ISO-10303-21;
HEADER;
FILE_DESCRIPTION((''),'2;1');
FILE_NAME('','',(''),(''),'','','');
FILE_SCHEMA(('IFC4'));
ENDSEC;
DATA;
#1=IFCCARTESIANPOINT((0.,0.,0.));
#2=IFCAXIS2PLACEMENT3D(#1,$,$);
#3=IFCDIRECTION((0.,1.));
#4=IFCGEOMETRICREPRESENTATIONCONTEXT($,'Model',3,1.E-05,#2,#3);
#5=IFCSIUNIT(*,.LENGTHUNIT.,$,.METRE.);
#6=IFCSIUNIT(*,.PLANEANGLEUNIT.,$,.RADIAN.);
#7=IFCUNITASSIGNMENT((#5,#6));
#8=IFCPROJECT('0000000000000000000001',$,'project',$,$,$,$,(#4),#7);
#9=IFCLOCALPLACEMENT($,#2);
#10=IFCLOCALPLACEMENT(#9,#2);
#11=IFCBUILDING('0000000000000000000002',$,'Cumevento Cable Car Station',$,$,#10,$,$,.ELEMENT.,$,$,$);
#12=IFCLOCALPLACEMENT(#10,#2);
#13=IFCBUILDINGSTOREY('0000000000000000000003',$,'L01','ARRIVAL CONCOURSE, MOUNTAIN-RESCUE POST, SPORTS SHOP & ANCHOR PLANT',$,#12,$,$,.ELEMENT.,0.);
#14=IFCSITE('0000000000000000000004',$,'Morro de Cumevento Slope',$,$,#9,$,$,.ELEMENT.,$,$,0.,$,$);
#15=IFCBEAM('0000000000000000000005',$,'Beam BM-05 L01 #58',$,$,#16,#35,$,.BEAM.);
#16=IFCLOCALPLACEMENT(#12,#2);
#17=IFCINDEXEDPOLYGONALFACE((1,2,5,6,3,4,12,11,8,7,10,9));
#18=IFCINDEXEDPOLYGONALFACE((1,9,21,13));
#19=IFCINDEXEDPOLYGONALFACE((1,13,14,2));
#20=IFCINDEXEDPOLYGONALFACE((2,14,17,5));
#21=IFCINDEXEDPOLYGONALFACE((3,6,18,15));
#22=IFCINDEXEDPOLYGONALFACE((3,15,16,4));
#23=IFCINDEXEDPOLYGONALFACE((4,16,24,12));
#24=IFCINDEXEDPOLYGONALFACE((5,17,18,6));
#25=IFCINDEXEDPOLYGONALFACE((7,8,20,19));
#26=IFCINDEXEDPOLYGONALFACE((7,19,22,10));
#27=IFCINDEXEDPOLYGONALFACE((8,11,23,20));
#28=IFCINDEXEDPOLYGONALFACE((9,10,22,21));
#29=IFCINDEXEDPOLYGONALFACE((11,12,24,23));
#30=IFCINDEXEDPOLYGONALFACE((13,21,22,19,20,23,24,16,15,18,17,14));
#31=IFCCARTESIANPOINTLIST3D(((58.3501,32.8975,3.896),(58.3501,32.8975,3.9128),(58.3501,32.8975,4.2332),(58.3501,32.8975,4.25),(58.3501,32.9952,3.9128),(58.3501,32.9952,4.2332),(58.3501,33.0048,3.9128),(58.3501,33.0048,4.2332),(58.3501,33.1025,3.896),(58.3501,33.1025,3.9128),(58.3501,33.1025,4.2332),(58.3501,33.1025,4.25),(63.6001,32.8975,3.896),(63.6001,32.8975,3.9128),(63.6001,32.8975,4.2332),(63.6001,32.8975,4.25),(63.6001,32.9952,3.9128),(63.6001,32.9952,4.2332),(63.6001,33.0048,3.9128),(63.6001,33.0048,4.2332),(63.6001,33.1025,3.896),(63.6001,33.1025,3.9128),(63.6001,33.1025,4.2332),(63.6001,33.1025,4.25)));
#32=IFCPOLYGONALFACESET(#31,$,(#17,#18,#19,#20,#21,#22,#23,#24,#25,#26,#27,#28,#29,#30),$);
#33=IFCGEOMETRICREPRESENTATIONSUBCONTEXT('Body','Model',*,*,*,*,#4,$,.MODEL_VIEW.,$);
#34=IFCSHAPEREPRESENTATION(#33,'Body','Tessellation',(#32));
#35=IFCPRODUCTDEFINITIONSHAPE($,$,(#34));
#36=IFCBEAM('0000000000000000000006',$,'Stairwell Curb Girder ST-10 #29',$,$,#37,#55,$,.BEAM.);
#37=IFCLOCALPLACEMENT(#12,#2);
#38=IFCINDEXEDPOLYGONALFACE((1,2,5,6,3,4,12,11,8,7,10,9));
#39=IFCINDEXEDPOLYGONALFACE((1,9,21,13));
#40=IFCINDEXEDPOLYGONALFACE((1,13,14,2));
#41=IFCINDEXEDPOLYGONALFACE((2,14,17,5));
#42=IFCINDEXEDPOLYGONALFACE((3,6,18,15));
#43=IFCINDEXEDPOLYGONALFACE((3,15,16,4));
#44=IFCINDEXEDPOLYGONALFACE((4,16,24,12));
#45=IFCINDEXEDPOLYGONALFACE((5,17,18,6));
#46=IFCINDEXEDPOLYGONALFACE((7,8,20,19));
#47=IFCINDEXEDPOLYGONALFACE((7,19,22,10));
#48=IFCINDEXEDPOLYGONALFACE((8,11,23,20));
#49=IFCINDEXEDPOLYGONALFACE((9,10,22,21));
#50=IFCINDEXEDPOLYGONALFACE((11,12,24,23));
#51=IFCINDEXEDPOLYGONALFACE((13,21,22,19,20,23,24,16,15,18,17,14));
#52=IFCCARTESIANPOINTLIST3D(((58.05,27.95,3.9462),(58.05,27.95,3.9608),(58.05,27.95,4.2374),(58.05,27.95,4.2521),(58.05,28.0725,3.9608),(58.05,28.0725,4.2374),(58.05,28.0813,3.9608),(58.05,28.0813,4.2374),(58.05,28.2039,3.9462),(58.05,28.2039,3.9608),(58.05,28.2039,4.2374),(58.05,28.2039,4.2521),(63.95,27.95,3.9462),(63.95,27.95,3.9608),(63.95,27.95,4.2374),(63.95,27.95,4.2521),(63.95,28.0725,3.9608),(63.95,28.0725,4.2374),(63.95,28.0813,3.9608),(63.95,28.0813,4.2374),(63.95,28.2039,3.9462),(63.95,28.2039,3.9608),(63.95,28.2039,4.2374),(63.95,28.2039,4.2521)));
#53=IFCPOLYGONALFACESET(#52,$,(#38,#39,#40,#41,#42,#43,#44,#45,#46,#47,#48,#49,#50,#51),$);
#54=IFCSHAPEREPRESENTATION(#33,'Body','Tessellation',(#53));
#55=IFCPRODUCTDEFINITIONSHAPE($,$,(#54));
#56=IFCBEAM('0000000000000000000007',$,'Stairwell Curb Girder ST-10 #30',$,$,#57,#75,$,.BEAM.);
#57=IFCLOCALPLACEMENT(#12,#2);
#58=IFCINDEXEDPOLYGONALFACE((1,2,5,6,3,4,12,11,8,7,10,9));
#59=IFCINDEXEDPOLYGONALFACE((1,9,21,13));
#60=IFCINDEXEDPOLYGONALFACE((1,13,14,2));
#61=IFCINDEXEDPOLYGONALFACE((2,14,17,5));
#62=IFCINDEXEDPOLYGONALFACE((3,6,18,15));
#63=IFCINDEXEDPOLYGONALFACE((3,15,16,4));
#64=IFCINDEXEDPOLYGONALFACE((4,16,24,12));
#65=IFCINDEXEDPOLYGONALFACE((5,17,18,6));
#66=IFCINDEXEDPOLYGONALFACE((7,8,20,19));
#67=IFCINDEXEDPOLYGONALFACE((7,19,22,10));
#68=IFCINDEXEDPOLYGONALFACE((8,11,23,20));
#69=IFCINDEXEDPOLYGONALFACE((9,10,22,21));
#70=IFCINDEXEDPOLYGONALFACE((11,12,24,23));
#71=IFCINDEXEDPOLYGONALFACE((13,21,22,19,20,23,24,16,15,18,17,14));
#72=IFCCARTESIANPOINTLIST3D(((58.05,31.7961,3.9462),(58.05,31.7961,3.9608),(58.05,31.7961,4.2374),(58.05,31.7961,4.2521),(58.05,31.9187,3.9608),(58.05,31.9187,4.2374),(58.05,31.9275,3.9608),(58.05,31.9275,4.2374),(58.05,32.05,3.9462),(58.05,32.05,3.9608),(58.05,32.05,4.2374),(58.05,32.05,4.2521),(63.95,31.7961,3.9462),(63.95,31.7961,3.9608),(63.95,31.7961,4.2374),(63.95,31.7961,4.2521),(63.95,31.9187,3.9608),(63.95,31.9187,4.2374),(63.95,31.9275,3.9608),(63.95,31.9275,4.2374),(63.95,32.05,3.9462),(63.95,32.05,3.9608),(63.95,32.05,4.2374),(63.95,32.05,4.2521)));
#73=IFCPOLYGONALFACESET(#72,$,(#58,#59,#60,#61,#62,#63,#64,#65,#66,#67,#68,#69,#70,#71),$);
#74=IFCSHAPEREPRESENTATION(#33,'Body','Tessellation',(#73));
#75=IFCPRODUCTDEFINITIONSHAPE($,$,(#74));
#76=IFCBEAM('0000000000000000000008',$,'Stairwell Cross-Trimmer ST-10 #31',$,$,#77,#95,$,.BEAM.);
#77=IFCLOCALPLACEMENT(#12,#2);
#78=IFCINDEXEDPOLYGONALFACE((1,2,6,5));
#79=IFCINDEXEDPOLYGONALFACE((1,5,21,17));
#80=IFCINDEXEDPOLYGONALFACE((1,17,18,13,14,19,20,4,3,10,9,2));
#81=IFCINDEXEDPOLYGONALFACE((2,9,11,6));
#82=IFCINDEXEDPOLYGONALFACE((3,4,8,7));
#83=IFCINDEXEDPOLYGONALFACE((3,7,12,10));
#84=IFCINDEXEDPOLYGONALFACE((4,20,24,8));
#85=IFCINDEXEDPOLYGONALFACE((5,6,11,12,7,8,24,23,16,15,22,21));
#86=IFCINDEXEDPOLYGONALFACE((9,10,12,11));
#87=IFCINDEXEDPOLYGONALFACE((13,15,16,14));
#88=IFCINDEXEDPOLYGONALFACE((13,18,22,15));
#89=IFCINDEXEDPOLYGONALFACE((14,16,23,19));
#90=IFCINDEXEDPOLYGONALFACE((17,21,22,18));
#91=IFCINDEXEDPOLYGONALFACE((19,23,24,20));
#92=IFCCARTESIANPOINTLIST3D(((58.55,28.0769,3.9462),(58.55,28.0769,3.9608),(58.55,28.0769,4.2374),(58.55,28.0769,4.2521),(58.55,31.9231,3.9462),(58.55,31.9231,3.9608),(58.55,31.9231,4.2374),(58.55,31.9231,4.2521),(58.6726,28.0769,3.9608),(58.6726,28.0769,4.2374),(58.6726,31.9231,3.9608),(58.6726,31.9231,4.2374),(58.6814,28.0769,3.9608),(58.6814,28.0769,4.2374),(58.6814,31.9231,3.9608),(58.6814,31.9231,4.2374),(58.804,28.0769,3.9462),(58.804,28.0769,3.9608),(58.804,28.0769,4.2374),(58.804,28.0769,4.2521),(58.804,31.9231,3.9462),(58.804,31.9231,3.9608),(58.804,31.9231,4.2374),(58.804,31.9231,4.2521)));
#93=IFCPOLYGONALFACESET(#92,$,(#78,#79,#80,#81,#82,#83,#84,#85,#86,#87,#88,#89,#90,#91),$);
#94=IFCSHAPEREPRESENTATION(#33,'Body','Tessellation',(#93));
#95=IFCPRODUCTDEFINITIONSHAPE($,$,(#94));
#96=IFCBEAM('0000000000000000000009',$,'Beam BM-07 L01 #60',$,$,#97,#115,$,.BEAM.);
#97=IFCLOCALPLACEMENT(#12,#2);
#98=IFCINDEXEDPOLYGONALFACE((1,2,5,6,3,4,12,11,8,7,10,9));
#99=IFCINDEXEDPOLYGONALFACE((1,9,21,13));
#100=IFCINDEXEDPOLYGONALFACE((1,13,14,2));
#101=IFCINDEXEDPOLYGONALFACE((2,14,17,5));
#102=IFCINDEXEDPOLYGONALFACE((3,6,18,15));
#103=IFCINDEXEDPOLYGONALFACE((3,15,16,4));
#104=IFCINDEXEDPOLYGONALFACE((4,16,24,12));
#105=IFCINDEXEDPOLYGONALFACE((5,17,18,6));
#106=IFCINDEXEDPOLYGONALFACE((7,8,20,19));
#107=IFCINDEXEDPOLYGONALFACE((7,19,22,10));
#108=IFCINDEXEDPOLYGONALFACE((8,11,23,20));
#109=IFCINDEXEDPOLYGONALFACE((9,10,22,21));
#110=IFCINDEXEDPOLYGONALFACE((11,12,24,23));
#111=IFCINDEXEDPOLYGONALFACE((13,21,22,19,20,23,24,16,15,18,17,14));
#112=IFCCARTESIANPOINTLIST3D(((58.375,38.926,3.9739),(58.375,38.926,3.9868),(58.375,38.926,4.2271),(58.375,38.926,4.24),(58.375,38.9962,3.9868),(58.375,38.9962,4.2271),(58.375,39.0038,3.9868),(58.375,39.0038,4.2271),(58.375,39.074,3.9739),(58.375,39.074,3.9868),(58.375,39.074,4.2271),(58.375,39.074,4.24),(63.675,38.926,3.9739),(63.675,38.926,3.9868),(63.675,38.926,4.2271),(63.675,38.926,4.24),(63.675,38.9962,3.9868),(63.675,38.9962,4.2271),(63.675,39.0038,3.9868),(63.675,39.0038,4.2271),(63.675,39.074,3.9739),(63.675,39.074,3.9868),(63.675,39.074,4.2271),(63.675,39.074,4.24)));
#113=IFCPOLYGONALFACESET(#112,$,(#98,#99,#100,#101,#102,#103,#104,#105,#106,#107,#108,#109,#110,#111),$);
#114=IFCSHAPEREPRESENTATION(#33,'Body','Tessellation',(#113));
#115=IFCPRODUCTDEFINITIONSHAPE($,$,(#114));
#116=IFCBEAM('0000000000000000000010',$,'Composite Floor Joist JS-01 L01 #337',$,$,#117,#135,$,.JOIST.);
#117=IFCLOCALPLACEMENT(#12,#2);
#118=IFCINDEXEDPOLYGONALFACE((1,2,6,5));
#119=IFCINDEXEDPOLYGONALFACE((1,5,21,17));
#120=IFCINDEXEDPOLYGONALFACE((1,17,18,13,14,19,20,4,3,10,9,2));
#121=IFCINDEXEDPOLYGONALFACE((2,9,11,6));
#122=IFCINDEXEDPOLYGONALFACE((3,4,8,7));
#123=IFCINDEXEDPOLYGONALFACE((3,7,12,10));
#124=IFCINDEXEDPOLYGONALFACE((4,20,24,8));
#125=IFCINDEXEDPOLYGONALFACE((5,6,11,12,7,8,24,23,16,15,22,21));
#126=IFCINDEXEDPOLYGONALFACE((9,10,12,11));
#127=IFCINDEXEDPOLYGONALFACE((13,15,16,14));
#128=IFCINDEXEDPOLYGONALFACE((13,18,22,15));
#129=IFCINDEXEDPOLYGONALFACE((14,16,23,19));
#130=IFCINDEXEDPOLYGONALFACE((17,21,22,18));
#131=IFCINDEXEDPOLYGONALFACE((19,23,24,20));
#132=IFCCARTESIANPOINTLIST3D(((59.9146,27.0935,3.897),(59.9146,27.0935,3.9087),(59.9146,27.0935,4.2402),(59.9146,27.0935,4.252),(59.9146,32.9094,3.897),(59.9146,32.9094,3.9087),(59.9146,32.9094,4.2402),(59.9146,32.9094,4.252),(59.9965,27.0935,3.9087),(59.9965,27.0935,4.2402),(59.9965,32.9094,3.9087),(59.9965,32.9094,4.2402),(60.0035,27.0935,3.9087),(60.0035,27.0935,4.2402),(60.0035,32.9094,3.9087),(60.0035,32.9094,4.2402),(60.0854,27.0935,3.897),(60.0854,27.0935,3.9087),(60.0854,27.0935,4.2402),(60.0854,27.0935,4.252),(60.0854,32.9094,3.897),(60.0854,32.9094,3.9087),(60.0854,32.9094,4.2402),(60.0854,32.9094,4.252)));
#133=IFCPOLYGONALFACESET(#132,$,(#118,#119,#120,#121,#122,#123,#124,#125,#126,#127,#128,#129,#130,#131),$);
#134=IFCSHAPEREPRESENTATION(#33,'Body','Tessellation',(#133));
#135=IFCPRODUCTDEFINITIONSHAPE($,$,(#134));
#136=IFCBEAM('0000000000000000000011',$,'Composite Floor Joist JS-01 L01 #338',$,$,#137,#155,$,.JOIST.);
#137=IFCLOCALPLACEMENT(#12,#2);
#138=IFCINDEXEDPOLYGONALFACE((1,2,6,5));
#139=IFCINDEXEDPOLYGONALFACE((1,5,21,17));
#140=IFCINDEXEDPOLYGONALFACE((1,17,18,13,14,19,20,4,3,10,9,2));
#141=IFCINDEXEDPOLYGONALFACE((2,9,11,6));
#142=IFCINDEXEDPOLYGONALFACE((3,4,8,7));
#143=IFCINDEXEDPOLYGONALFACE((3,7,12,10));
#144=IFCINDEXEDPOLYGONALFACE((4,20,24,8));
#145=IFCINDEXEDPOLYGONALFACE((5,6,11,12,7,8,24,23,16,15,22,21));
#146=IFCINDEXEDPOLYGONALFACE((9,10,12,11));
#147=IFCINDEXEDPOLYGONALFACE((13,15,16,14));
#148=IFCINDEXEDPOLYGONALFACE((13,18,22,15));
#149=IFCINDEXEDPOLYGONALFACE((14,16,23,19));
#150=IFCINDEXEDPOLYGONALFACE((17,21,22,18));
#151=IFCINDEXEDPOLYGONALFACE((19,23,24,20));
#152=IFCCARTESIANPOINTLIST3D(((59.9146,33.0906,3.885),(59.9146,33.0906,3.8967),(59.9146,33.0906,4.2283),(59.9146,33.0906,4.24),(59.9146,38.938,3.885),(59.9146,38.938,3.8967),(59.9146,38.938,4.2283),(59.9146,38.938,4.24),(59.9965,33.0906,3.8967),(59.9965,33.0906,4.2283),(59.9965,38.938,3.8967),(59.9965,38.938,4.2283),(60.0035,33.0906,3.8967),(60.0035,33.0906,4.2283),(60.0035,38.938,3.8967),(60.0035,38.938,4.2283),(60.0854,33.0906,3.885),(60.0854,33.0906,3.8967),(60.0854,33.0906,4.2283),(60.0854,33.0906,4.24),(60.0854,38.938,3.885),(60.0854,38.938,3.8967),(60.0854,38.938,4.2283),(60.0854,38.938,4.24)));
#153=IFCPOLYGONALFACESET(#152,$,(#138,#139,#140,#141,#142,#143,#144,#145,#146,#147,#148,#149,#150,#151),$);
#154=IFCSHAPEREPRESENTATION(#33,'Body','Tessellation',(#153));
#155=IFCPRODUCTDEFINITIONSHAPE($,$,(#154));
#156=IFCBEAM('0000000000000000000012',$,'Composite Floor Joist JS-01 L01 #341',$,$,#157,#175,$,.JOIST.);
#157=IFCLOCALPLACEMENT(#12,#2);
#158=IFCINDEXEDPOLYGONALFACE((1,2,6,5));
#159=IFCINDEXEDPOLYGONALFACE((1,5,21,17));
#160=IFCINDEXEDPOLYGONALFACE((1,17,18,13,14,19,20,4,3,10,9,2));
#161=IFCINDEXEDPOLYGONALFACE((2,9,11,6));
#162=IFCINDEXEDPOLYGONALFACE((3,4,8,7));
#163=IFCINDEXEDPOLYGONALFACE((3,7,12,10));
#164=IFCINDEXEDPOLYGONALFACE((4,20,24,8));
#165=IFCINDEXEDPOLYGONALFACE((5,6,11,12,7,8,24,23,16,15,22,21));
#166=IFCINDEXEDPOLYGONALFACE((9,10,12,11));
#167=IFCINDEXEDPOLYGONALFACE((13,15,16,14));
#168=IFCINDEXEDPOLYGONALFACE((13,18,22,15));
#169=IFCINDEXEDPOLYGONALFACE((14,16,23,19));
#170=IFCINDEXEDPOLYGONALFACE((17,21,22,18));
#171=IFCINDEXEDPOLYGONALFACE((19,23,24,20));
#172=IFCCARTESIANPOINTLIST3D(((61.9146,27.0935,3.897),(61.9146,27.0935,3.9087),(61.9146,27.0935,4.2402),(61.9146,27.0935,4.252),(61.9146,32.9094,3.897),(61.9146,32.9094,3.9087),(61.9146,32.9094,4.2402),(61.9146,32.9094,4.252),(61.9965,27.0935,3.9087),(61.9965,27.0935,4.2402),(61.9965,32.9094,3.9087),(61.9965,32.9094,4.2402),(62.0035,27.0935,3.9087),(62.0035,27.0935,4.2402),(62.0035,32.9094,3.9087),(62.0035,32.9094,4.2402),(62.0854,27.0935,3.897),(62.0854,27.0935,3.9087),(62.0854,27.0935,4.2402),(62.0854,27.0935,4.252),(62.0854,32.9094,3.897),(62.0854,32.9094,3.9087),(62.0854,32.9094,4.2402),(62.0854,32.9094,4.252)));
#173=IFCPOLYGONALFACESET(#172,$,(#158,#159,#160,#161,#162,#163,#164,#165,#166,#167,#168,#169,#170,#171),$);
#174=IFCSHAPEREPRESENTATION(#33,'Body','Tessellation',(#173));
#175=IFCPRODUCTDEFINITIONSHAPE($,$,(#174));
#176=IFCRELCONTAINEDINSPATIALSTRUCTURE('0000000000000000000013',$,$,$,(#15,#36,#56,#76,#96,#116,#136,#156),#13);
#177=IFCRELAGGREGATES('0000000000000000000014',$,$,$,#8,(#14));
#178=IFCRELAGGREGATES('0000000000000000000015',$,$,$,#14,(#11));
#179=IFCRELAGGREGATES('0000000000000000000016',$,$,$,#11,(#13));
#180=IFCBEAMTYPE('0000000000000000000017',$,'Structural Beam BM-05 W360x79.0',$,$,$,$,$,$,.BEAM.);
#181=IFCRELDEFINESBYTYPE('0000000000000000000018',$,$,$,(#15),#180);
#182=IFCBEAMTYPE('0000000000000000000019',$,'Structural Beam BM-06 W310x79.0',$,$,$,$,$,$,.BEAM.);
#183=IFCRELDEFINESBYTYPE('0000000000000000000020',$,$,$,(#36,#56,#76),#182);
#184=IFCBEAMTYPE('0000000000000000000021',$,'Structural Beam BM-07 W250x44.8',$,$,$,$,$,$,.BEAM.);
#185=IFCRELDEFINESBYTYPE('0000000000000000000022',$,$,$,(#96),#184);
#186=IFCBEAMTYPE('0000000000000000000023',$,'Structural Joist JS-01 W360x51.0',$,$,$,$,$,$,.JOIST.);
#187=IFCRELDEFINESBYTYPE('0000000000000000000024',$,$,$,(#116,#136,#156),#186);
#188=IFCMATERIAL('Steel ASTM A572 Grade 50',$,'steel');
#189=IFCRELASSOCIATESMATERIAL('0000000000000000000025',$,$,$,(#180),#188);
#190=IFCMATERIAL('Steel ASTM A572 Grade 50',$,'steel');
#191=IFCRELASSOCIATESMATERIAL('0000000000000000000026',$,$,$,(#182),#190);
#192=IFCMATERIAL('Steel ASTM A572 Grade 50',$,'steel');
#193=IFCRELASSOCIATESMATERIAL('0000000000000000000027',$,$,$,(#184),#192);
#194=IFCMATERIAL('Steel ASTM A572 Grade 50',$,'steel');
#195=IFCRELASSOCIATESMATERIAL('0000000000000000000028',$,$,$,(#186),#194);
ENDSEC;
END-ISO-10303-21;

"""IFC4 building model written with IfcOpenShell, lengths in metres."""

from ifc_helpers import new_model, si_unit, direction, frame, origin, origin_2d, place, context, subcontext, project, spatial, i_section, extrude, material, material_profile, profile_set, type_object, element, save


model = new_model("IFC4")

# Units and contexts
model_context = context("Model", 3, precision=1e-05, world=origin(), true_north=direction((0.0, 1.0)))
body_context = subcontext(model_context, "Body", "Model", "MODEL_VIEW")
ifc_project = project(units=[si_unit("LENGTHUNIT", "METRE"), si_unit("PLANEANGLEUNIT", "RADIAN")], contexts=[model_context])

# Site, building, storey
site_placement = place(None, origin())
site = spatial("IfcSite", under=ifc_project, at=site_placement, Name="Morro de Cumevento Slope", CompositionType="ELEMENT", RefElevation=0.0)
building_placement = place(site_placement, origin())
building = spatial("IfcBuilding", under=site, at=building_placement, Name="Cumevento Cable Car Station", CompositionType="ELEMENT")
storey_placement = place(building_placement, origin())
storey = spatial("IfcBuildingStorey", under=building, at=storey_placement, Name="L01", Description="ARRIVAL CONCOURSE, MOUNTAIN-RESCUE POST, SPORTS SHOP & ANCHOR PLANT", CompositionType="ELEMENT", Elevation=0.0)

# Beams
ifc_material_1 = material(Name="Steel ASTM A572 Grade 50", Category="steel")
ifc_material_profile_1 = material_profile(ifc_material_1, i_section(OverallWidth=0.2051, OverallDepth=0.354, WebThickness=0.0095, FlangeThickness=0.0168, at=origin_2d()), Name="W360x79.0")
ifc_profile_set_1 = profile_set([ifc_material_profile_1], Name="Steel ASTM A572 Grade 50")
beam_type_1 = type_object("IfcBeamType", Name="Structural Beam BM-05 W360x79.0", PredefinedType="BEAM", material=ifc_profile_set_1)
beam_1_placement = place(storey_placement, frame((58.3501, 33.0, 4.073), z_axis=(1.0, 0.0, 0.0), x_axis=(0.0, 1.0, 0.0)))
element("IfcBeam", 1, at=beam_1_placement, inside=storey, type_object=beam_type_1, Name="Beam BM-05 L01 #58", PredefinedType="BEAM", context=body_context, shape_type="SweptSolid", body=[
    extrude(i_section(OverallWidth=0.2051, OverallDepth=0.354, WebThickness=0.0095, FlangeThickness=0.0168, at=origin_2d()), origin(), (0.0, 0.0, 1.0), 5.25),
])
ifc_material_2 = material(Name="Steel ASTM A572 Grade 50", Category="steel")
ifc_material_profile_2 = material_profile(ifc_material_2, i_section(OverallWidth=0.2539, OverallDepth=0.3059, WebThickness=0.0088, FlangeThickness=0.0146, at=origin_2d()), Name="W310x79.0")
ifc_profile_set_2 = profile_set([ifc_material_profile_2], Name="Steel ASTM A572 Grade 50")
beam_type_2 = type_object("IfcBeamType", Name="Structural Beam BM-06 W310x79.0", PredefinedType="BEAM", material=ifc_profile_set_2)
for number, where, z_axis, x_axis, name in (
    (2, (58.05, 28.0769, 4.0991), (1.0, 0.0, 0.0), (0.0, 1.0, 0.0), "Stairwell Curb Girder ST-10 #29"),
    (3, (58.05, 31.9231, 4.0991), (1.0, 0.0, 0.0), (0.0, 1.0, 0.0), "Stairwell Curb Girder ST-10 #30"),
):
    element("IfcBeam", number, at=place(storey_placement, frame(where, z_axis=z_axis, x_axis=x_axis)), inside=storey, type_object=beam_type_2, Name=name, PredefinedType="BEAM", context=body_context, shape_type="SweptSolid", body=[
        extrude(i_section(OverallWidth=0.2539, OverallDepth=0.3059, WebThickness=0.0088, FlangeThickness=0.0146, at=origin_2d()), origin(), (0.0, 0.0, 1.0), 5.8999),
    ])
beam_2_placement = place(storey_placement, frame((58.677, 28.0769, 4.0991), z_axis=(0.0, 1.0, 0.0), x_axis=(-1.0, 0.0, 0.0)))
element("IfcBeam", 4, at=beam_2_placement, inside=storey, type_object=beam_type_2, Name="Stairwell Cross-Trimmer ST-10 #31", PredefinedType="BEAM", context=body_context, shape_type="SweptSolid", body=[
    extrude(i_section(OverallWidth=0.2539, OverallDepth=0.3059, WebThickness=0.0088, FlangeThickness=0.0146, at=origin_2d()), origin(), (0.0, 0.0, 1.0), 3.8462),
])
ifc_material_3 = material(Name="Steel ASTM A572 Grade 50", Category="steel")
ifc_material_profile_3 = material_profile(ifc_material_3, i_section(OverallWidth=0.1479, OverallDepth=0.2661, WebThickness=0.0076, FlangeThickness=0.0129, at=origin_2d()), Name="W250x44.8")
ifc_profile_set_3 = profile_set([ifc_material_profile_3], Name="Steel ASTM A572 Grade 50")
beam_type_3 = type_object("IfcBeamType", Name="Structural Beam BM-07 W250x44.8", PredefinedType="BEAM", material=ifc_profile_set_3)
beam_3_placement = place(storey_placement, frame((58.375, 39.0, 4.1069), z_axis=(1.0, 0.0, 0.0), x_axis=(0.0, 1.0, 0.0)))
element("IfcBeam", 5, at=beam_3_placement, inside=storey, type_object=beam_type_3, Name="Beam BM-07 L01 #60", PredefinedType="BEAM", context=body_context, shape_type="SweptSolid", body=[
    extrude(i_section(OverallWidth=0.1479, OverallDepth=0.2661, WebThickness=0.0076, FlangeThickness=0.0129, at=origin_2d()), origin(), (0.0, 0.0, 1.0), 5.3),
])
ifc_material_4 = material(Name="Steel ASTM A572 Grade 50", Category="steel")
ifc_material_profile_4 = material_profile(ifc_material_4, i_section(OverallWidth=0.1709, OverallDepth=0.355, WebThickness=0.0071, FlangeThickness=0.0117, at=origin_2d()), Name="W360x51.0")
ifc_profile_set_4 = profile_set([ifc_material_profile_4], Name="Steel ASTM A572 Grade 50")
beam_type_4 = type_object("IfcBeamType", Name="Structural Joist JS-01 W360x51.0", PredefinedType="JOIST", material=ifc_profile_set_4)
beam_4_placement = place(storey_placement, frame((60.0, 27.0935, 4.0745), z_axis=(0.0, 1.0, 0.0), x_axis=(-1.0, 0.0, 0.0)))
element("IfcBeam", 6, at=beam_4_placement, inside=storey, type_object=beam_type_4, Name="Composite Floor Joist JS-01 L01 #337", PredefinedType="JOIST", context=body_context, shape_type="SweptSolid", body=[
    extrude(i_section(OverallWidth=0.1709, OverallDepth=0.355, WebThickness=0.0071, FlangeThickness=0.0117, at=origin_2d()), origin(), (0.0, 0.0, 1.0), 5.8159),
])
beam_5_placement = place(storey_placement, frame((60.0, 33.0906, 4.0625), z_axis=(0.0, 1.0, 0.0), x_axis=(-1.0, 0.0, 0.0)))
element("IfcBeam", 7, at=beam_5_placement, inside=storey, type_object=beam_type_4, Name="Composite Floor Joist JS-01 L01 #338", PredefinedType="JOIST", context=body_context, shape_type="SweptSolid", body=[
    extrude(i_section(OverallWidth=0.1709, OverallDepth=0.355, WebThickness=0.0071, FlangeThickness=0.0117, at=origin_2d()), origin(), (0.0, 0.0, 1.0), 5.8474),
])
beam_6_placement = place(storey_placement, frame((62.0, 27.0935, 4.0745), z_axis=(0.0, 1.0, 0.0), x_axis=(-1.0, 0.0, 0.0)))
element("IfcBeam", 8, at=beam_6_placement, inside=storey, type_object=beam_type_4, Name="Composite Floor Joist JS-01 L01 #341", PredefinedType="JOIST", context=body_context, shape_type="SweptSolid", body=[
    extrude(i_section(OverallWidth=0.1709, OverallDepth=0.355, WebThickness=0.0071, FlangeThickness=0.0117, at=origin_2d()), origin(), (0.0, 0.0, 1.0), 5.8159),
])

save(model, "model.ifc")
